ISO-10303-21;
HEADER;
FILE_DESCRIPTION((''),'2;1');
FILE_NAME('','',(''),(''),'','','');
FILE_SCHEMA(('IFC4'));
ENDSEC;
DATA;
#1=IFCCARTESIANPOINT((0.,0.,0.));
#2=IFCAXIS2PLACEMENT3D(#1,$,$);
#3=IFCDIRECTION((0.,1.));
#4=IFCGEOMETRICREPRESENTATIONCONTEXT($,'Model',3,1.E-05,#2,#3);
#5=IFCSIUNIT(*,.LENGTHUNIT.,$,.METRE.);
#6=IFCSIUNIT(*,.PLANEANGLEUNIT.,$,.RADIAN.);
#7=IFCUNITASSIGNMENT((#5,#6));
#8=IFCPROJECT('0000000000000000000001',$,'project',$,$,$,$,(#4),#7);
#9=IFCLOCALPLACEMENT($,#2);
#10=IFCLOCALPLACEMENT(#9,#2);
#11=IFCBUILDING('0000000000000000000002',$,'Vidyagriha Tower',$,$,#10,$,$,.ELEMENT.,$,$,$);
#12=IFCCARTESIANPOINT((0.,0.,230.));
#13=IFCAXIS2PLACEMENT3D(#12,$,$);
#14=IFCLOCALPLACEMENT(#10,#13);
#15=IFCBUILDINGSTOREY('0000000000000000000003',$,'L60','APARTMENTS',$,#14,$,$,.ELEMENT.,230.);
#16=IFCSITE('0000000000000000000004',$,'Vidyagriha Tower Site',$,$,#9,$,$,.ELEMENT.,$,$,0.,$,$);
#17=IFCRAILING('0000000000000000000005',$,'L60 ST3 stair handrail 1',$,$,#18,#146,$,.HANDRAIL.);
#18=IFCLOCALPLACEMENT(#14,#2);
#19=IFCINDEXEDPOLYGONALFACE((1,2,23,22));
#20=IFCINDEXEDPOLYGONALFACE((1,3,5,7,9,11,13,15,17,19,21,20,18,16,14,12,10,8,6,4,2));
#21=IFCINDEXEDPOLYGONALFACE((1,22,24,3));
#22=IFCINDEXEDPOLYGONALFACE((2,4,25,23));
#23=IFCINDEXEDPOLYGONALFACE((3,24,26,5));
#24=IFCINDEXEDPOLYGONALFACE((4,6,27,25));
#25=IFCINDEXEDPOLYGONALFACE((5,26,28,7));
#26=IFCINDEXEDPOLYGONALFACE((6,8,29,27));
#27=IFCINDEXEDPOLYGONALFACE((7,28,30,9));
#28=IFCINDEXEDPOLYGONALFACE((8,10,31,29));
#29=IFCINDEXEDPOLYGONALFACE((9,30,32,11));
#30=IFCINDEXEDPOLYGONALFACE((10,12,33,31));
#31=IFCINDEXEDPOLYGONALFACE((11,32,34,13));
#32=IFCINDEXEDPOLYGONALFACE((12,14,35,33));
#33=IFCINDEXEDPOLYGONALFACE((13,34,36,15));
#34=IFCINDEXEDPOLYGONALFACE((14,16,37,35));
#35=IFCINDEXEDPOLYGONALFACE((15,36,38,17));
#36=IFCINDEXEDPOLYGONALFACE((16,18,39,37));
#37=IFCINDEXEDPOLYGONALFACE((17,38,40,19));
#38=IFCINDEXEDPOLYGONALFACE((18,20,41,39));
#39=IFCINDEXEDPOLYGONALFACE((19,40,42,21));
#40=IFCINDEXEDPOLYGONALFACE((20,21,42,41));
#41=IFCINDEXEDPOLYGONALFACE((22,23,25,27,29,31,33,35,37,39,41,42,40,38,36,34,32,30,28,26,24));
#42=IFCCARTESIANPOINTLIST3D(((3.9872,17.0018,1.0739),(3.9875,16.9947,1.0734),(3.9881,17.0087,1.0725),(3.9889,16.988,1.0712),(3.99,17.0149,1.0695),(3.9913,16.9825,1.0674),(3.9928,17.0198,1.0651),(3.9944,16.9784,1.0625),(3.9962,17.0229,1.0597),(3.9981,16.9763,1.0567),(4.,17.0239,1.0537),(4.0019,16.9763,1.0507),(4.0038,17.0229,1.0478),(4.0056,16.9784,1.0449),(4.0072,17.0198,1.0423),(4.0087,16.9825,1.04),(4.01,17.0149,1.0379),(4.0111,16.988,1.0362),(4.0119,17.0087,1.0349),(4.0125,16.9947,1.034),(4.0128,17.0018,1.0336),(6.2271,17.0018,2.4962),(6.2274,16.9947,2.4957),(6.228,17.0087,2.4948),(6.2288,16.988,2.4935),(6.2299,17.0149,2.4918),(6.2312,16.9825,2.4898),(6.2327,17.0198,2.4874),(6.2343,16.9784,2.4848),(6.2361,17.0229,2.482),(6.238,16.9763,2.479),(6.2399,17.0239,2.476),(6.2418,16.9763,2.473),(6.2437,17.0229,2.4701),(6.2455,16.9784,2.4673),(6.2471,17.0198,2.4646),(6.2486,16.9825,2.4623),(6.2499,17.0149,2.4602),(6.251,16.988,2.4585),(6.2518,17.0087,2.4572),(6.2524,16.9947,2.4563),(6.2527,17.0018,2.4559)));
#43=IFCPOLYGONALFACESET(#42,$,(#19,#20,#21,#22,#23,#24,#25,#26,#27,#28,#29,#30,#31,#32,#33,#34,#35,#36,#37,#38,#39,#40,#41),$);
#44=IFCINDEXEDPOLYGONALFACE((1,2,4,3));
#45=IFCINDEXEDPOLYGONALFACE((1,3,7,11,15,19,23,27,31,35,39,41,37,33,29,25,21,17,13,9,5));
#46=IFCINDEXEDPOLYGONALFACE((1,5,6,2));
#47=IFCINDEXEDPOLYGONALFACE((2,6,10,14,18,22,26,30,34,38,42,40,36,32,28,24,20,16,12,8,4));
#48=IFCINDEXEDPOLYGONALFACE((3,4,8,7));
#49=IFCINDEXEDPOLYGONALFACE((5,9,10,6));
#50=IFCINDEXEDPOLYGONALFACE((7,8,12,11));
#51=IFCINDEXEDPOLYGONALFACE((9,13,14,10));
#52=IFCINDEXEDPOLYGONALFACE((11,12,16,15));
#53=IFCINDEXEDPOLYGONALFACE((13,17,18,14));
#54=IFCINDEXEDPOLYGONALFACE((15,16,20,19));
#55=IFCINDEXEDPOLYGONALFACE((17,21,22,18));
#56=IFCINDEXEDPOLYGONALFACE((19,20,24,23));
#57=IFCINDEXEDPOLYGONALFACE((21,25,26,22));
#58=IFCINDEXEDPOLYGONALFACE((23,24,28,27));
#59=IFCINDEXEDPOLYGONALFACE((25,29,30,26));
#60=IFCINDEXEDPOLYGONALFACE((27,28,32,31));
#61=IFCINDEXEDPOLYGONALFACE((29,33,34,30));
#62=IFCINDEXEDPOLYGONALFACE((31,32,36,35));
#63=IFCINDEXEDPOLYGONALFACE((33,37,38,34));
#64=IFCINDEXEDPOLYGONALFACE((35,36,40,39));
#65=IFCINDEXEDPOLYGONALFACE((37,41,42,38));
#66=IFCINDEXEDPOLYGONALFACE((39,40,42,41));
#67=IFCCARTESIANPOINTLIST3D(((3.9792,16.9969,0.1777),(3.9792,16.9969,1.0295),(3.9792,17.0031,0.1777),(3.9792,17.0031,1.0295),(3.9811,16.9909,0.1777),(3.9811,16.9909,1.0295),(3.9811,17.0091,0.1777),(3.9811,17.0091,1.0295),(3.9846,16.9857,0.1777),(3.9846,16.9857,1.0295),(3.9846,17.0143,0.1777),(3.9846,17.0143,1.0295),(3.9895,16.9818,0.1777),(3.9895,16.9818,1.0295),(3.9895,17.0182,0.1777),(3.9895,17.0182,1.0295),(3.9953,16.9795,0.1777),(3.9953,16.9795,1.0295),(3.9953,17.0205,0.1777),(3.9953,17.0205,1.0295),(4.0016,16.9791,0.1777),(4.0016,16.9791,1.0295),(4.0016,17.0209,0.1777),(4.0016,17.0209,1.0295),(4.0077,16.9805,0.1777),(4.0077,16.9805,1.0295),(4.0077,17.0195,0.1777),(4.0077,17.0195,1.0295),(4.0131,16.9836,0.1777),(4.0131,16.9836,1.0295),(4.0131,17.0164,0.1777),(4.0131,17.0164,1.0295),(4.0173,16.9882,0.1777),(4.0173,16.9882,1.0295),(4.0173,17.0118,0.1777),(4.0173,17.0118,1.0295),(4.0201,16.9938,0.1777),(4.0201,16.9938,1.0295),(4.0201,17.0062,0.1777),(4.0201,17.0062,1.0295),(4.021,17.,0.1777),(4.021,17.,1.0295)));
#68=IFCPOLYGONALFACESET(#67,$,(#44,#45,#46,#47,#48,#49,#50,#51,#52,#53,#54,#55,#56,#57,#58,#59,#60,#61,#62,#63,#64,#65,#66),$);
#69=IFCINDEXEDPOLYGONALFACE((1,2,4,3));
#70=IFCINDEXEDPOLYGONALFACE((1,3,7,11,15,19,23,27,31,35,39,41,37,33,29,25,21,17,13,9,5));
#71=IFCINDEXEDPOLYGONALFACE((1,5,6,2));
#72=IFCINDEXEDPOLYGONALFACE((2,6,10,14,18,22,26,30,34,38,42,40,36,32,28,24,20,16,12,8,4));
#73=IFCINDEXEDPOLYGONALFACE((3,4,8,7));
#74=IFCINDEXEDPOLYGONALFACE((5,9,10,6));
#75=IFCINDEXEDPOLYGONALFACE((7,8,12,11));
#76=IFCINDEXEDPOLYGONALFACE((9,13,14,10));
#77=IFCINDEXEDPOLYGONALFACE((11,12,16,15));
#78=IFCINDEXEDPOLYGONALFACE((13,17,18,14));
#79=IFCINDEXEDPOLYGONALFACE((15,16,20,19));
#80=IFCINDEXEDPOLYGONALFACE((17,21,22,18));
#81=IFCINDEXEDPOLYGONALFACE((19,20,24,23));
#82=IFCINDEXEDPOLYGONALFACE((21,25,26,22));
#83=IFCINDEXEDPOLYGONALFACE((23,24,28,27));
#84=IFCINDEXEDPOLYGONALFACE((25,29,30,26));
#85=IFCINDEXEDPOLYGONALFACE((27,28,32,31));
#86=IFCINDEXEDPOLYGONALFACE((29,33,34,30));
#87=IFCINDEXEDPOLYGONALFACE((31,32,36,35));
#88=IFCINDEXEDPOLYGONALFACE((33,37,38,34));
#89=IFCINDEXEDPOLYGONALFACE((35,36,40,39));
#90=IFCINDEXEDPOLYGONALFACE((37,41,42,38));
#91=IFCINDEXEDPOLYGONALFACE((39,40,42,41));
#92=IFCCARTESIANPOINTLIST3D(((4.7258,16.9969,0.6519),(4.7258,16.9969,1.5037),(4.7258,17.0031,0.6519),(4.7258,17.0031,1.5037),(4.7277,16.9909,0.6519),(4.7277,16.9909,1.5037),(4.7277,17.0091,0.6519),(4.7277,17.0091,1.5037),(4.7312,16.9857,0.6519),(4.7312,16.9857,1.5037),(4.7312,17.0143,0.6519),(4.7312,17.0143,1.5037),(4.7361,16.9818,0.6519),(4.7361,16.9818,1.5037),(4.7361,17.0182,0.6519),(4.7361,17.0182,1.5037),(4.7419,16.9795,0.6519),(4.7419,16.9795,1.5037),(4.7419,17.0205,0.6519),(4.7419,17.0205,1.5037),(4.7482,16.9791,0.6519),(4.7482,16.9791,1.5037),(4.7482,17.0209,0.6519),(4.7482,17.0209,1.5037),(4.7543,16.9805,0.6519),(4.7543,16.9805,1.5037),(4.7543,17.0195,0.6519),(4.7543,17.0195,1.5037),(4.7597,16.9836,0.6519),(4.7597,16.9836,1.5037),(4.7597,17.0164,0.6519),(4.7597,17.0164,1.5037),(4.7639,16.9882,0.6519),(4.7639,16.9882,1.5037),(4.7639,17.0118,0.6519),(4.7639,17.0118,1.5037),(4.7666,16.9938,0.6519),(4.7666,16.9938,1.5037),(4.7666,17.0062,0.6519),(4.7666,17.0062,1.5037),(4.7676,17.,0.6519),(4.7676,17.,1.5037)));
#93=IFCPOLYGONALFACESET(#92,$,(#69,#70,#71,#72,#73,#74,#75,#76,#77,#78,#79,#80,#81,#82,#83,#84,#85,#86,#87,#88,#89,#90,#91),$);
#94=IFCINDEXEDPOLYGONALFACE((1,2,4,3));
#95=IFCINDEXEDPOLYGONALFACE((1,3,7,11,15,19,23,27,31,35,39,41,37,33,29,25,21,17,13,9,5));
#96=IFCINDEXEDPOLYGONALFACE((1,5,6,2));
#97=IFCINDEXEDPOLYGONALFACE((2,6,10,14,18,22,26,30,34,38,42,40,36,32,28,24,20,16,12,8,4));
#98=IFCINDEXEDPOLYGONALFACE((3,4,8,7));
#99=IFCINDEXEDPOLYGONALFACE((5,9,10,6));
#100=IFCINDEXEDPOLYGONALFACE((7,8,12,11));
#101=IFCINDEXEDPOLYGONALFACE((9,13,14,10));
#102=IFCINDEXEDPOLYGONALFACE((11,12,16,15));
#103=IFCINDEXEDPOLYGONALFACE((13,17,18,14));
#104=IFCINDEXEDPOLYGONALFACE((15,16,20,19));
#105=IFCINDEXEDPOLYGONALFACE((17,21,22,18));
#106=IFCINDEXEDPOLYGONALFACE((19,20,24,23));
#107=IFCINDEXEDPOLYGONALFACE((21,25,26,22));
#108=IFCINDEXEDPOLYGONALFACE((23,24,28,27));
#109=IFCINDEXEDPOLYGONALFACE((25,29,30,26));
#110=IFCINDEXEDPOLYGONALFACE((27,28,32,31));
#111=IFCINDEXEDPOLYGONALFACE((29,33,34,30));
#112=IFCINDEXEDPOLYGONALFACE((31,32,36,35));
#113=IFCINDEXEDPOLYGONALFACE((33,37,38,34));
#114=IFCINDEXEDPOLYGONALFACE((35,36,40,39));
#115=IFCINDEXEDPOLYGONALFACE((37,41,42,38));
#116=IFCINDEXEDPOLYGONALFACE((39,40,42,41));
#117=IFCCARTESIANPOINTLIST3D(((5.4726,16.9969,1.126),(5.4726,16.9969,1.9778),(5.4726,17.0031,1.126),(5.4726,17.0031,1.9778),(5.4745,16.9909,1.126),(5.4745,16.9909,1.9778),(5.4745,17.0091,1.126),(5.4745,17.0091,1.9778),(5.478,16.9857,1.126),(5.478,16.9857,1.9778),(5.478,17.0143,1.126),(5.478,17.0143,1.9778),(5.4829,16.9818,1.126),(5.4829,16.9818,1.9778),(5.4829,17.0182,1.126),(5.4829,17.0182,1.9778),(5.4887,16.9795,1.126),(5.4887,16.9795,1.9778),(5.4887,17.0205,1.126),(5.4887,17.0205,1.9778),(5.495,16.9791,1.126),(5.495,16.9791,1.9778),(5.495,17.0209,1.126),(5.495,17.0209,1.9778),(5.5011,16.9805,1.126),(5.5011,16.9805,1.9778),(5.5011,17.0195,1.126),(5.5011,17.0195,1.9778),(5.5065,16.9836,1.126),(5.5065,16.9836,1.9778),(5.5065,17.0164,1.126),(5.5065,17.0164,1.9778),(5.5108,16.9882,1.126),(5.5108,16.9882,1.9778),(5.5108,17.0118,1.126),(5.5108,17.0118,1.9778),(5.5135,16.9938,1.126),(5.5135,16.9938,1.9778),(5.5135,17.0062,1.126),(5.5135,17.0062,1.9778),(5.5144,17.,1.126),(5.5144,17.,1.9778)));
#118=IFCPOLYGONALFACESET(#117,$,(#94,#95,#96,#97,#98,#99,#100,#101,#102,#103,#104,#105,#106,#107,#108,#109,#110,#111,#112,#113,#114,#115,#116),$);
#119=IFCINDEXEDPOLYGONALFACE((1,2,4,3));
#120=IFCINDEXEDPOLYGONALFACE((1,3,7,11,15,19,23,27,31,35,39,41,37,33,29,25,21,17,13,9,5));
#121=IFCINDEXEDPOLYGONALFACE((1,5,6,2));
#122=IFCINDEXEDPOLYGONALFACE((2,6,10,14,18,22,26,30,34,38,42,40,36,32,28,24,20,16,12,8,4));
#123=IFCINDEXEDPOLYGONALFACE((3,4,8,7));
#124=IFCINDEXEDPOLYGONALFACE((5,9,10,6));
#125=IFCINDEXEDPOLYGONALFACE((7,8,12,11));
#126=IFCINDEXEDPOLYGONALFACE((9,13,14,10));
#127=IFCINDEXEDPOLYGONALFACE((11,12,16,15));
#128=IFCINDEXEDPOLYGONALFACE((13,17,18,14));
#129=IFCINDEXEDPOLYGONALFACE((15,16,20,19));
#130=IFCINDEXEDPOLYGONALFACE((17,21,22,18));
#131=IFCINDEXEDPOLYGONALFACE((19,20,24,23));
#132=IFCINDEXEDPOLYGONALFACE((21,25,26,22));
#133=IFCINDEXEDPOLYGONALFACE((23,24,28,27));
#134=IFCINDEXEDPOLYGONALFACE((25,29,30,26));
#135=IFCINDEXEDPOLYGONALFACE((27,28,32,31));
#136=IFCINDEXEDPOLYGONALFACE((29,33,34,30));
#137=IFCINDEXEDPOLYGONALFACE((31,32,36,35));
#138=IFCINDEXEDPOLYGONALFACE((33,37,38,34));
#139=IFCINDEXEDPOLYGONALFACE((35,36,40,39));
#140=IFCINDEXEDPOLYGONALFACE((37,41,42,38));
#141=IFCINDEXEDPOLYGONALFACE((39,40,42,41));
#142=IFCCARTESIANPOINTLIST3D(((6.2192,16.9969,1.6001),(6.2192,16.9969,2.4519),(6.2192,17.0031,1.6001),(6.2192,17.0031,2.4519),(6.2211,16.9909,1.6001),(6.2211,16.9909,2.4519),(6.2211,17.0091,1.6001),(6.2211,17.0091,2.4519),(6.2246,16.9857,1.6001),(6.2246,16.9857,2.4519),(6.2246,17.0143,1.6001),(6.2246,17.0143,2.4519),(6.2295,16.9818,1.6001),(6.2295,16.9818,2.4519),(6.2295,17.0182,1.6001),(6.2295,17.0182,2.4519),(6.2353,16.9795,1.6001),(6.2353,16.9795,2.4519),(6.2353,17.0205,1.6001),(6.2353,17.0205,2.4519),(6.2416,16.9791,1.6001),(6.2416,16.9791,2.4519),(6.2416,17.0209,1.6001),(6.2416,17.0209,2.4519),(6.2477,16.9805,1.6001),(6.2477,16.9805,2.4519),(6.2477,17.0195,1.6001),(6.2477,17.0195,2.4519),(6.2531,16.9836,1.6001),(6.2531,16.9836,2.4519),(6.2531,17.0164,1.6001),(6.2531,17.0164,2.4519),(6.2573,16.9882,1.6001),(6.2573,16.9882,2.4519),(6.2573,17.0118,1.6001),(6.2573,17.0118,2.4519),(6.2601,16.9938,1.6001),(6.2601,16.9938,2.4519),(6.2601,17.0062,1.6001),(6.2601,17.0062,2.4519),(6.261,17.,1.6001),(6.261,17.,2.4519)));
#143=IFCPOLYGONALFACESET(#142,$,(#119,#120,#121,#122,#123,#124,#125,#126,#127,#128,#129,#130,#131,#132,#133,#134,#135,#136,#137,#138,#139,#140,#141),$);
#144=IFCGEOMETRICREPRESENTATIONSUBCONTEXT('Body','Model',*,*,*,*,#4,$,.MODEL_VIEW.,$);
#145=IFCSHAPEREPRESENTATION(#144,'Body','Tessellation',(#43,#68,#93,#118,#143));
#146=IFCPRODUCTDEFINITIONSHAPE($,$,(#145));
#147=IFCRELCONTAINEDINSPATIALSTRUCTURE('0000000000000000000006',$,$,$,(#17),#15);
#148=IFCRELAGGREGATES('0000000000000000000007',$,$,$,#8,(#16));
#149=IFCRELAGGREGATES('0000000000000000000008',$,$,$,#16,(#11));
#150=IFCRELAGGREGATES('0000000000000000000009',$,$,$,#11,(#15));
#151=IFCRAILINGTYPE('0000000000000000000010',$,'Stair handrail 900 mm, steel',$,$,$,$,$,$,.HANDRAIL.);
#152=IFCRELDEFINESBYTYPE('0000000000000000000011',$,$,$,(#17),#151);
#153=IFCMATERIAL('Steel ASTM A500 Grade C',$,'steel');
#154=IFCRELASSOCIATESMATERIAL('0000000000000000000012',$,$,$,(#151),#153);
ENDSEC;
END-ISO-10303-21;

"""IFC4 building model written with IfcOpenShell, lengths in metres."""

from ifc_helpers import new_model, si_unit, direction, frame, origin, origin_2d, place, context, subcontext, project, spatial, circle, extrude, material, type_object, element, save


model = new_model("IFC4")

# Units and contexts
model_context = context("Model", 3, precision=1e-05, world=origin(), true_north=direction((0.0, 1.0)))
body_context = subcontext(model_context, "Body", "Model", "MODEL_VIEW")
ifc_project = project(units=[si_unit("LENGTHUNIT", "METRE"), si_unit("PLANEANGLEUNIT", "RADIAN")], contexts=[model_context])

# Site, building, storey
site_placement = place(None, origin())
site = spatial("IfcSite", under=ifc_project, at=site_placement, Name="Vidyagriha Tower Site", CompositionType="ELEMENT", RefElevation=0.0)
building_placement = place(site_placement, origin())
building = spatial("IfcBuilding", under=site, at=building_placement, Name="Vidyagriha Tower", CompositionType="ELEMENT")
storey_placement = place(building_placement, frame((0.0, 0.0, 230.0)))
storey = spatial("IfcBuildingStorey", under=building, at=storey_placement, Name="L60", Description="APARTMENTS", CompositionType="ELEMENT", Elevation=230.0)

# Railing
ifc_material_1 = material(Name="Steel ASTM A500 Grade C", Category="steel")
railing_type_1 = type_object("IfcRailingType", Name="Stair handrail 900 mm, steel", PredefinedType="HANDRAIL", material=ifc_material_1)
railing_1_placement = place(storey_placement, frame((4.0, 17.0, 0.1777)))
element("IfcRailing", 1, at=railing_1_placement, inside=storey, type_object=railing_type_1, Name="L60 ST3 stair handrail 1", PredefinedType="HANDRAIL", context=body_context, shape_type="SweptSolid", body=[
    extrude(circle(Radius=0.0239, at=origin_2d()), frame((0.0, 0.0, 0.876), z_axis=(0.844188, 0.0, 0.536048), x_axis=(0.0, 1.0, 0.0)), (0.0, 0.0, 1.0), 2.6533),
    extrude(circle(Radius=0.021, at=origin_2d()), origin(), (0.0, 0.0, 1.0), 0.8518),
    extrude(circle(Radius=0.021, at=origin_2d()), frame((0.7466, 0.0, 0.4741)), (0.0, 0.0, 1.0), 0.8518),
    extrude(circle(Radius=0.021, at=origin_2d()), frame((1.4934, 0.0, 0.9482)), (0.0, 0.0, 1.0), 0.8518),
    extrude(circle(Radius=0.021, at=origin_2d()), frame((2.24, 0.0, 1.4224)), (0.0, 0.0, 1.0), 0.8518),
])

save(model, "model.ifc")
